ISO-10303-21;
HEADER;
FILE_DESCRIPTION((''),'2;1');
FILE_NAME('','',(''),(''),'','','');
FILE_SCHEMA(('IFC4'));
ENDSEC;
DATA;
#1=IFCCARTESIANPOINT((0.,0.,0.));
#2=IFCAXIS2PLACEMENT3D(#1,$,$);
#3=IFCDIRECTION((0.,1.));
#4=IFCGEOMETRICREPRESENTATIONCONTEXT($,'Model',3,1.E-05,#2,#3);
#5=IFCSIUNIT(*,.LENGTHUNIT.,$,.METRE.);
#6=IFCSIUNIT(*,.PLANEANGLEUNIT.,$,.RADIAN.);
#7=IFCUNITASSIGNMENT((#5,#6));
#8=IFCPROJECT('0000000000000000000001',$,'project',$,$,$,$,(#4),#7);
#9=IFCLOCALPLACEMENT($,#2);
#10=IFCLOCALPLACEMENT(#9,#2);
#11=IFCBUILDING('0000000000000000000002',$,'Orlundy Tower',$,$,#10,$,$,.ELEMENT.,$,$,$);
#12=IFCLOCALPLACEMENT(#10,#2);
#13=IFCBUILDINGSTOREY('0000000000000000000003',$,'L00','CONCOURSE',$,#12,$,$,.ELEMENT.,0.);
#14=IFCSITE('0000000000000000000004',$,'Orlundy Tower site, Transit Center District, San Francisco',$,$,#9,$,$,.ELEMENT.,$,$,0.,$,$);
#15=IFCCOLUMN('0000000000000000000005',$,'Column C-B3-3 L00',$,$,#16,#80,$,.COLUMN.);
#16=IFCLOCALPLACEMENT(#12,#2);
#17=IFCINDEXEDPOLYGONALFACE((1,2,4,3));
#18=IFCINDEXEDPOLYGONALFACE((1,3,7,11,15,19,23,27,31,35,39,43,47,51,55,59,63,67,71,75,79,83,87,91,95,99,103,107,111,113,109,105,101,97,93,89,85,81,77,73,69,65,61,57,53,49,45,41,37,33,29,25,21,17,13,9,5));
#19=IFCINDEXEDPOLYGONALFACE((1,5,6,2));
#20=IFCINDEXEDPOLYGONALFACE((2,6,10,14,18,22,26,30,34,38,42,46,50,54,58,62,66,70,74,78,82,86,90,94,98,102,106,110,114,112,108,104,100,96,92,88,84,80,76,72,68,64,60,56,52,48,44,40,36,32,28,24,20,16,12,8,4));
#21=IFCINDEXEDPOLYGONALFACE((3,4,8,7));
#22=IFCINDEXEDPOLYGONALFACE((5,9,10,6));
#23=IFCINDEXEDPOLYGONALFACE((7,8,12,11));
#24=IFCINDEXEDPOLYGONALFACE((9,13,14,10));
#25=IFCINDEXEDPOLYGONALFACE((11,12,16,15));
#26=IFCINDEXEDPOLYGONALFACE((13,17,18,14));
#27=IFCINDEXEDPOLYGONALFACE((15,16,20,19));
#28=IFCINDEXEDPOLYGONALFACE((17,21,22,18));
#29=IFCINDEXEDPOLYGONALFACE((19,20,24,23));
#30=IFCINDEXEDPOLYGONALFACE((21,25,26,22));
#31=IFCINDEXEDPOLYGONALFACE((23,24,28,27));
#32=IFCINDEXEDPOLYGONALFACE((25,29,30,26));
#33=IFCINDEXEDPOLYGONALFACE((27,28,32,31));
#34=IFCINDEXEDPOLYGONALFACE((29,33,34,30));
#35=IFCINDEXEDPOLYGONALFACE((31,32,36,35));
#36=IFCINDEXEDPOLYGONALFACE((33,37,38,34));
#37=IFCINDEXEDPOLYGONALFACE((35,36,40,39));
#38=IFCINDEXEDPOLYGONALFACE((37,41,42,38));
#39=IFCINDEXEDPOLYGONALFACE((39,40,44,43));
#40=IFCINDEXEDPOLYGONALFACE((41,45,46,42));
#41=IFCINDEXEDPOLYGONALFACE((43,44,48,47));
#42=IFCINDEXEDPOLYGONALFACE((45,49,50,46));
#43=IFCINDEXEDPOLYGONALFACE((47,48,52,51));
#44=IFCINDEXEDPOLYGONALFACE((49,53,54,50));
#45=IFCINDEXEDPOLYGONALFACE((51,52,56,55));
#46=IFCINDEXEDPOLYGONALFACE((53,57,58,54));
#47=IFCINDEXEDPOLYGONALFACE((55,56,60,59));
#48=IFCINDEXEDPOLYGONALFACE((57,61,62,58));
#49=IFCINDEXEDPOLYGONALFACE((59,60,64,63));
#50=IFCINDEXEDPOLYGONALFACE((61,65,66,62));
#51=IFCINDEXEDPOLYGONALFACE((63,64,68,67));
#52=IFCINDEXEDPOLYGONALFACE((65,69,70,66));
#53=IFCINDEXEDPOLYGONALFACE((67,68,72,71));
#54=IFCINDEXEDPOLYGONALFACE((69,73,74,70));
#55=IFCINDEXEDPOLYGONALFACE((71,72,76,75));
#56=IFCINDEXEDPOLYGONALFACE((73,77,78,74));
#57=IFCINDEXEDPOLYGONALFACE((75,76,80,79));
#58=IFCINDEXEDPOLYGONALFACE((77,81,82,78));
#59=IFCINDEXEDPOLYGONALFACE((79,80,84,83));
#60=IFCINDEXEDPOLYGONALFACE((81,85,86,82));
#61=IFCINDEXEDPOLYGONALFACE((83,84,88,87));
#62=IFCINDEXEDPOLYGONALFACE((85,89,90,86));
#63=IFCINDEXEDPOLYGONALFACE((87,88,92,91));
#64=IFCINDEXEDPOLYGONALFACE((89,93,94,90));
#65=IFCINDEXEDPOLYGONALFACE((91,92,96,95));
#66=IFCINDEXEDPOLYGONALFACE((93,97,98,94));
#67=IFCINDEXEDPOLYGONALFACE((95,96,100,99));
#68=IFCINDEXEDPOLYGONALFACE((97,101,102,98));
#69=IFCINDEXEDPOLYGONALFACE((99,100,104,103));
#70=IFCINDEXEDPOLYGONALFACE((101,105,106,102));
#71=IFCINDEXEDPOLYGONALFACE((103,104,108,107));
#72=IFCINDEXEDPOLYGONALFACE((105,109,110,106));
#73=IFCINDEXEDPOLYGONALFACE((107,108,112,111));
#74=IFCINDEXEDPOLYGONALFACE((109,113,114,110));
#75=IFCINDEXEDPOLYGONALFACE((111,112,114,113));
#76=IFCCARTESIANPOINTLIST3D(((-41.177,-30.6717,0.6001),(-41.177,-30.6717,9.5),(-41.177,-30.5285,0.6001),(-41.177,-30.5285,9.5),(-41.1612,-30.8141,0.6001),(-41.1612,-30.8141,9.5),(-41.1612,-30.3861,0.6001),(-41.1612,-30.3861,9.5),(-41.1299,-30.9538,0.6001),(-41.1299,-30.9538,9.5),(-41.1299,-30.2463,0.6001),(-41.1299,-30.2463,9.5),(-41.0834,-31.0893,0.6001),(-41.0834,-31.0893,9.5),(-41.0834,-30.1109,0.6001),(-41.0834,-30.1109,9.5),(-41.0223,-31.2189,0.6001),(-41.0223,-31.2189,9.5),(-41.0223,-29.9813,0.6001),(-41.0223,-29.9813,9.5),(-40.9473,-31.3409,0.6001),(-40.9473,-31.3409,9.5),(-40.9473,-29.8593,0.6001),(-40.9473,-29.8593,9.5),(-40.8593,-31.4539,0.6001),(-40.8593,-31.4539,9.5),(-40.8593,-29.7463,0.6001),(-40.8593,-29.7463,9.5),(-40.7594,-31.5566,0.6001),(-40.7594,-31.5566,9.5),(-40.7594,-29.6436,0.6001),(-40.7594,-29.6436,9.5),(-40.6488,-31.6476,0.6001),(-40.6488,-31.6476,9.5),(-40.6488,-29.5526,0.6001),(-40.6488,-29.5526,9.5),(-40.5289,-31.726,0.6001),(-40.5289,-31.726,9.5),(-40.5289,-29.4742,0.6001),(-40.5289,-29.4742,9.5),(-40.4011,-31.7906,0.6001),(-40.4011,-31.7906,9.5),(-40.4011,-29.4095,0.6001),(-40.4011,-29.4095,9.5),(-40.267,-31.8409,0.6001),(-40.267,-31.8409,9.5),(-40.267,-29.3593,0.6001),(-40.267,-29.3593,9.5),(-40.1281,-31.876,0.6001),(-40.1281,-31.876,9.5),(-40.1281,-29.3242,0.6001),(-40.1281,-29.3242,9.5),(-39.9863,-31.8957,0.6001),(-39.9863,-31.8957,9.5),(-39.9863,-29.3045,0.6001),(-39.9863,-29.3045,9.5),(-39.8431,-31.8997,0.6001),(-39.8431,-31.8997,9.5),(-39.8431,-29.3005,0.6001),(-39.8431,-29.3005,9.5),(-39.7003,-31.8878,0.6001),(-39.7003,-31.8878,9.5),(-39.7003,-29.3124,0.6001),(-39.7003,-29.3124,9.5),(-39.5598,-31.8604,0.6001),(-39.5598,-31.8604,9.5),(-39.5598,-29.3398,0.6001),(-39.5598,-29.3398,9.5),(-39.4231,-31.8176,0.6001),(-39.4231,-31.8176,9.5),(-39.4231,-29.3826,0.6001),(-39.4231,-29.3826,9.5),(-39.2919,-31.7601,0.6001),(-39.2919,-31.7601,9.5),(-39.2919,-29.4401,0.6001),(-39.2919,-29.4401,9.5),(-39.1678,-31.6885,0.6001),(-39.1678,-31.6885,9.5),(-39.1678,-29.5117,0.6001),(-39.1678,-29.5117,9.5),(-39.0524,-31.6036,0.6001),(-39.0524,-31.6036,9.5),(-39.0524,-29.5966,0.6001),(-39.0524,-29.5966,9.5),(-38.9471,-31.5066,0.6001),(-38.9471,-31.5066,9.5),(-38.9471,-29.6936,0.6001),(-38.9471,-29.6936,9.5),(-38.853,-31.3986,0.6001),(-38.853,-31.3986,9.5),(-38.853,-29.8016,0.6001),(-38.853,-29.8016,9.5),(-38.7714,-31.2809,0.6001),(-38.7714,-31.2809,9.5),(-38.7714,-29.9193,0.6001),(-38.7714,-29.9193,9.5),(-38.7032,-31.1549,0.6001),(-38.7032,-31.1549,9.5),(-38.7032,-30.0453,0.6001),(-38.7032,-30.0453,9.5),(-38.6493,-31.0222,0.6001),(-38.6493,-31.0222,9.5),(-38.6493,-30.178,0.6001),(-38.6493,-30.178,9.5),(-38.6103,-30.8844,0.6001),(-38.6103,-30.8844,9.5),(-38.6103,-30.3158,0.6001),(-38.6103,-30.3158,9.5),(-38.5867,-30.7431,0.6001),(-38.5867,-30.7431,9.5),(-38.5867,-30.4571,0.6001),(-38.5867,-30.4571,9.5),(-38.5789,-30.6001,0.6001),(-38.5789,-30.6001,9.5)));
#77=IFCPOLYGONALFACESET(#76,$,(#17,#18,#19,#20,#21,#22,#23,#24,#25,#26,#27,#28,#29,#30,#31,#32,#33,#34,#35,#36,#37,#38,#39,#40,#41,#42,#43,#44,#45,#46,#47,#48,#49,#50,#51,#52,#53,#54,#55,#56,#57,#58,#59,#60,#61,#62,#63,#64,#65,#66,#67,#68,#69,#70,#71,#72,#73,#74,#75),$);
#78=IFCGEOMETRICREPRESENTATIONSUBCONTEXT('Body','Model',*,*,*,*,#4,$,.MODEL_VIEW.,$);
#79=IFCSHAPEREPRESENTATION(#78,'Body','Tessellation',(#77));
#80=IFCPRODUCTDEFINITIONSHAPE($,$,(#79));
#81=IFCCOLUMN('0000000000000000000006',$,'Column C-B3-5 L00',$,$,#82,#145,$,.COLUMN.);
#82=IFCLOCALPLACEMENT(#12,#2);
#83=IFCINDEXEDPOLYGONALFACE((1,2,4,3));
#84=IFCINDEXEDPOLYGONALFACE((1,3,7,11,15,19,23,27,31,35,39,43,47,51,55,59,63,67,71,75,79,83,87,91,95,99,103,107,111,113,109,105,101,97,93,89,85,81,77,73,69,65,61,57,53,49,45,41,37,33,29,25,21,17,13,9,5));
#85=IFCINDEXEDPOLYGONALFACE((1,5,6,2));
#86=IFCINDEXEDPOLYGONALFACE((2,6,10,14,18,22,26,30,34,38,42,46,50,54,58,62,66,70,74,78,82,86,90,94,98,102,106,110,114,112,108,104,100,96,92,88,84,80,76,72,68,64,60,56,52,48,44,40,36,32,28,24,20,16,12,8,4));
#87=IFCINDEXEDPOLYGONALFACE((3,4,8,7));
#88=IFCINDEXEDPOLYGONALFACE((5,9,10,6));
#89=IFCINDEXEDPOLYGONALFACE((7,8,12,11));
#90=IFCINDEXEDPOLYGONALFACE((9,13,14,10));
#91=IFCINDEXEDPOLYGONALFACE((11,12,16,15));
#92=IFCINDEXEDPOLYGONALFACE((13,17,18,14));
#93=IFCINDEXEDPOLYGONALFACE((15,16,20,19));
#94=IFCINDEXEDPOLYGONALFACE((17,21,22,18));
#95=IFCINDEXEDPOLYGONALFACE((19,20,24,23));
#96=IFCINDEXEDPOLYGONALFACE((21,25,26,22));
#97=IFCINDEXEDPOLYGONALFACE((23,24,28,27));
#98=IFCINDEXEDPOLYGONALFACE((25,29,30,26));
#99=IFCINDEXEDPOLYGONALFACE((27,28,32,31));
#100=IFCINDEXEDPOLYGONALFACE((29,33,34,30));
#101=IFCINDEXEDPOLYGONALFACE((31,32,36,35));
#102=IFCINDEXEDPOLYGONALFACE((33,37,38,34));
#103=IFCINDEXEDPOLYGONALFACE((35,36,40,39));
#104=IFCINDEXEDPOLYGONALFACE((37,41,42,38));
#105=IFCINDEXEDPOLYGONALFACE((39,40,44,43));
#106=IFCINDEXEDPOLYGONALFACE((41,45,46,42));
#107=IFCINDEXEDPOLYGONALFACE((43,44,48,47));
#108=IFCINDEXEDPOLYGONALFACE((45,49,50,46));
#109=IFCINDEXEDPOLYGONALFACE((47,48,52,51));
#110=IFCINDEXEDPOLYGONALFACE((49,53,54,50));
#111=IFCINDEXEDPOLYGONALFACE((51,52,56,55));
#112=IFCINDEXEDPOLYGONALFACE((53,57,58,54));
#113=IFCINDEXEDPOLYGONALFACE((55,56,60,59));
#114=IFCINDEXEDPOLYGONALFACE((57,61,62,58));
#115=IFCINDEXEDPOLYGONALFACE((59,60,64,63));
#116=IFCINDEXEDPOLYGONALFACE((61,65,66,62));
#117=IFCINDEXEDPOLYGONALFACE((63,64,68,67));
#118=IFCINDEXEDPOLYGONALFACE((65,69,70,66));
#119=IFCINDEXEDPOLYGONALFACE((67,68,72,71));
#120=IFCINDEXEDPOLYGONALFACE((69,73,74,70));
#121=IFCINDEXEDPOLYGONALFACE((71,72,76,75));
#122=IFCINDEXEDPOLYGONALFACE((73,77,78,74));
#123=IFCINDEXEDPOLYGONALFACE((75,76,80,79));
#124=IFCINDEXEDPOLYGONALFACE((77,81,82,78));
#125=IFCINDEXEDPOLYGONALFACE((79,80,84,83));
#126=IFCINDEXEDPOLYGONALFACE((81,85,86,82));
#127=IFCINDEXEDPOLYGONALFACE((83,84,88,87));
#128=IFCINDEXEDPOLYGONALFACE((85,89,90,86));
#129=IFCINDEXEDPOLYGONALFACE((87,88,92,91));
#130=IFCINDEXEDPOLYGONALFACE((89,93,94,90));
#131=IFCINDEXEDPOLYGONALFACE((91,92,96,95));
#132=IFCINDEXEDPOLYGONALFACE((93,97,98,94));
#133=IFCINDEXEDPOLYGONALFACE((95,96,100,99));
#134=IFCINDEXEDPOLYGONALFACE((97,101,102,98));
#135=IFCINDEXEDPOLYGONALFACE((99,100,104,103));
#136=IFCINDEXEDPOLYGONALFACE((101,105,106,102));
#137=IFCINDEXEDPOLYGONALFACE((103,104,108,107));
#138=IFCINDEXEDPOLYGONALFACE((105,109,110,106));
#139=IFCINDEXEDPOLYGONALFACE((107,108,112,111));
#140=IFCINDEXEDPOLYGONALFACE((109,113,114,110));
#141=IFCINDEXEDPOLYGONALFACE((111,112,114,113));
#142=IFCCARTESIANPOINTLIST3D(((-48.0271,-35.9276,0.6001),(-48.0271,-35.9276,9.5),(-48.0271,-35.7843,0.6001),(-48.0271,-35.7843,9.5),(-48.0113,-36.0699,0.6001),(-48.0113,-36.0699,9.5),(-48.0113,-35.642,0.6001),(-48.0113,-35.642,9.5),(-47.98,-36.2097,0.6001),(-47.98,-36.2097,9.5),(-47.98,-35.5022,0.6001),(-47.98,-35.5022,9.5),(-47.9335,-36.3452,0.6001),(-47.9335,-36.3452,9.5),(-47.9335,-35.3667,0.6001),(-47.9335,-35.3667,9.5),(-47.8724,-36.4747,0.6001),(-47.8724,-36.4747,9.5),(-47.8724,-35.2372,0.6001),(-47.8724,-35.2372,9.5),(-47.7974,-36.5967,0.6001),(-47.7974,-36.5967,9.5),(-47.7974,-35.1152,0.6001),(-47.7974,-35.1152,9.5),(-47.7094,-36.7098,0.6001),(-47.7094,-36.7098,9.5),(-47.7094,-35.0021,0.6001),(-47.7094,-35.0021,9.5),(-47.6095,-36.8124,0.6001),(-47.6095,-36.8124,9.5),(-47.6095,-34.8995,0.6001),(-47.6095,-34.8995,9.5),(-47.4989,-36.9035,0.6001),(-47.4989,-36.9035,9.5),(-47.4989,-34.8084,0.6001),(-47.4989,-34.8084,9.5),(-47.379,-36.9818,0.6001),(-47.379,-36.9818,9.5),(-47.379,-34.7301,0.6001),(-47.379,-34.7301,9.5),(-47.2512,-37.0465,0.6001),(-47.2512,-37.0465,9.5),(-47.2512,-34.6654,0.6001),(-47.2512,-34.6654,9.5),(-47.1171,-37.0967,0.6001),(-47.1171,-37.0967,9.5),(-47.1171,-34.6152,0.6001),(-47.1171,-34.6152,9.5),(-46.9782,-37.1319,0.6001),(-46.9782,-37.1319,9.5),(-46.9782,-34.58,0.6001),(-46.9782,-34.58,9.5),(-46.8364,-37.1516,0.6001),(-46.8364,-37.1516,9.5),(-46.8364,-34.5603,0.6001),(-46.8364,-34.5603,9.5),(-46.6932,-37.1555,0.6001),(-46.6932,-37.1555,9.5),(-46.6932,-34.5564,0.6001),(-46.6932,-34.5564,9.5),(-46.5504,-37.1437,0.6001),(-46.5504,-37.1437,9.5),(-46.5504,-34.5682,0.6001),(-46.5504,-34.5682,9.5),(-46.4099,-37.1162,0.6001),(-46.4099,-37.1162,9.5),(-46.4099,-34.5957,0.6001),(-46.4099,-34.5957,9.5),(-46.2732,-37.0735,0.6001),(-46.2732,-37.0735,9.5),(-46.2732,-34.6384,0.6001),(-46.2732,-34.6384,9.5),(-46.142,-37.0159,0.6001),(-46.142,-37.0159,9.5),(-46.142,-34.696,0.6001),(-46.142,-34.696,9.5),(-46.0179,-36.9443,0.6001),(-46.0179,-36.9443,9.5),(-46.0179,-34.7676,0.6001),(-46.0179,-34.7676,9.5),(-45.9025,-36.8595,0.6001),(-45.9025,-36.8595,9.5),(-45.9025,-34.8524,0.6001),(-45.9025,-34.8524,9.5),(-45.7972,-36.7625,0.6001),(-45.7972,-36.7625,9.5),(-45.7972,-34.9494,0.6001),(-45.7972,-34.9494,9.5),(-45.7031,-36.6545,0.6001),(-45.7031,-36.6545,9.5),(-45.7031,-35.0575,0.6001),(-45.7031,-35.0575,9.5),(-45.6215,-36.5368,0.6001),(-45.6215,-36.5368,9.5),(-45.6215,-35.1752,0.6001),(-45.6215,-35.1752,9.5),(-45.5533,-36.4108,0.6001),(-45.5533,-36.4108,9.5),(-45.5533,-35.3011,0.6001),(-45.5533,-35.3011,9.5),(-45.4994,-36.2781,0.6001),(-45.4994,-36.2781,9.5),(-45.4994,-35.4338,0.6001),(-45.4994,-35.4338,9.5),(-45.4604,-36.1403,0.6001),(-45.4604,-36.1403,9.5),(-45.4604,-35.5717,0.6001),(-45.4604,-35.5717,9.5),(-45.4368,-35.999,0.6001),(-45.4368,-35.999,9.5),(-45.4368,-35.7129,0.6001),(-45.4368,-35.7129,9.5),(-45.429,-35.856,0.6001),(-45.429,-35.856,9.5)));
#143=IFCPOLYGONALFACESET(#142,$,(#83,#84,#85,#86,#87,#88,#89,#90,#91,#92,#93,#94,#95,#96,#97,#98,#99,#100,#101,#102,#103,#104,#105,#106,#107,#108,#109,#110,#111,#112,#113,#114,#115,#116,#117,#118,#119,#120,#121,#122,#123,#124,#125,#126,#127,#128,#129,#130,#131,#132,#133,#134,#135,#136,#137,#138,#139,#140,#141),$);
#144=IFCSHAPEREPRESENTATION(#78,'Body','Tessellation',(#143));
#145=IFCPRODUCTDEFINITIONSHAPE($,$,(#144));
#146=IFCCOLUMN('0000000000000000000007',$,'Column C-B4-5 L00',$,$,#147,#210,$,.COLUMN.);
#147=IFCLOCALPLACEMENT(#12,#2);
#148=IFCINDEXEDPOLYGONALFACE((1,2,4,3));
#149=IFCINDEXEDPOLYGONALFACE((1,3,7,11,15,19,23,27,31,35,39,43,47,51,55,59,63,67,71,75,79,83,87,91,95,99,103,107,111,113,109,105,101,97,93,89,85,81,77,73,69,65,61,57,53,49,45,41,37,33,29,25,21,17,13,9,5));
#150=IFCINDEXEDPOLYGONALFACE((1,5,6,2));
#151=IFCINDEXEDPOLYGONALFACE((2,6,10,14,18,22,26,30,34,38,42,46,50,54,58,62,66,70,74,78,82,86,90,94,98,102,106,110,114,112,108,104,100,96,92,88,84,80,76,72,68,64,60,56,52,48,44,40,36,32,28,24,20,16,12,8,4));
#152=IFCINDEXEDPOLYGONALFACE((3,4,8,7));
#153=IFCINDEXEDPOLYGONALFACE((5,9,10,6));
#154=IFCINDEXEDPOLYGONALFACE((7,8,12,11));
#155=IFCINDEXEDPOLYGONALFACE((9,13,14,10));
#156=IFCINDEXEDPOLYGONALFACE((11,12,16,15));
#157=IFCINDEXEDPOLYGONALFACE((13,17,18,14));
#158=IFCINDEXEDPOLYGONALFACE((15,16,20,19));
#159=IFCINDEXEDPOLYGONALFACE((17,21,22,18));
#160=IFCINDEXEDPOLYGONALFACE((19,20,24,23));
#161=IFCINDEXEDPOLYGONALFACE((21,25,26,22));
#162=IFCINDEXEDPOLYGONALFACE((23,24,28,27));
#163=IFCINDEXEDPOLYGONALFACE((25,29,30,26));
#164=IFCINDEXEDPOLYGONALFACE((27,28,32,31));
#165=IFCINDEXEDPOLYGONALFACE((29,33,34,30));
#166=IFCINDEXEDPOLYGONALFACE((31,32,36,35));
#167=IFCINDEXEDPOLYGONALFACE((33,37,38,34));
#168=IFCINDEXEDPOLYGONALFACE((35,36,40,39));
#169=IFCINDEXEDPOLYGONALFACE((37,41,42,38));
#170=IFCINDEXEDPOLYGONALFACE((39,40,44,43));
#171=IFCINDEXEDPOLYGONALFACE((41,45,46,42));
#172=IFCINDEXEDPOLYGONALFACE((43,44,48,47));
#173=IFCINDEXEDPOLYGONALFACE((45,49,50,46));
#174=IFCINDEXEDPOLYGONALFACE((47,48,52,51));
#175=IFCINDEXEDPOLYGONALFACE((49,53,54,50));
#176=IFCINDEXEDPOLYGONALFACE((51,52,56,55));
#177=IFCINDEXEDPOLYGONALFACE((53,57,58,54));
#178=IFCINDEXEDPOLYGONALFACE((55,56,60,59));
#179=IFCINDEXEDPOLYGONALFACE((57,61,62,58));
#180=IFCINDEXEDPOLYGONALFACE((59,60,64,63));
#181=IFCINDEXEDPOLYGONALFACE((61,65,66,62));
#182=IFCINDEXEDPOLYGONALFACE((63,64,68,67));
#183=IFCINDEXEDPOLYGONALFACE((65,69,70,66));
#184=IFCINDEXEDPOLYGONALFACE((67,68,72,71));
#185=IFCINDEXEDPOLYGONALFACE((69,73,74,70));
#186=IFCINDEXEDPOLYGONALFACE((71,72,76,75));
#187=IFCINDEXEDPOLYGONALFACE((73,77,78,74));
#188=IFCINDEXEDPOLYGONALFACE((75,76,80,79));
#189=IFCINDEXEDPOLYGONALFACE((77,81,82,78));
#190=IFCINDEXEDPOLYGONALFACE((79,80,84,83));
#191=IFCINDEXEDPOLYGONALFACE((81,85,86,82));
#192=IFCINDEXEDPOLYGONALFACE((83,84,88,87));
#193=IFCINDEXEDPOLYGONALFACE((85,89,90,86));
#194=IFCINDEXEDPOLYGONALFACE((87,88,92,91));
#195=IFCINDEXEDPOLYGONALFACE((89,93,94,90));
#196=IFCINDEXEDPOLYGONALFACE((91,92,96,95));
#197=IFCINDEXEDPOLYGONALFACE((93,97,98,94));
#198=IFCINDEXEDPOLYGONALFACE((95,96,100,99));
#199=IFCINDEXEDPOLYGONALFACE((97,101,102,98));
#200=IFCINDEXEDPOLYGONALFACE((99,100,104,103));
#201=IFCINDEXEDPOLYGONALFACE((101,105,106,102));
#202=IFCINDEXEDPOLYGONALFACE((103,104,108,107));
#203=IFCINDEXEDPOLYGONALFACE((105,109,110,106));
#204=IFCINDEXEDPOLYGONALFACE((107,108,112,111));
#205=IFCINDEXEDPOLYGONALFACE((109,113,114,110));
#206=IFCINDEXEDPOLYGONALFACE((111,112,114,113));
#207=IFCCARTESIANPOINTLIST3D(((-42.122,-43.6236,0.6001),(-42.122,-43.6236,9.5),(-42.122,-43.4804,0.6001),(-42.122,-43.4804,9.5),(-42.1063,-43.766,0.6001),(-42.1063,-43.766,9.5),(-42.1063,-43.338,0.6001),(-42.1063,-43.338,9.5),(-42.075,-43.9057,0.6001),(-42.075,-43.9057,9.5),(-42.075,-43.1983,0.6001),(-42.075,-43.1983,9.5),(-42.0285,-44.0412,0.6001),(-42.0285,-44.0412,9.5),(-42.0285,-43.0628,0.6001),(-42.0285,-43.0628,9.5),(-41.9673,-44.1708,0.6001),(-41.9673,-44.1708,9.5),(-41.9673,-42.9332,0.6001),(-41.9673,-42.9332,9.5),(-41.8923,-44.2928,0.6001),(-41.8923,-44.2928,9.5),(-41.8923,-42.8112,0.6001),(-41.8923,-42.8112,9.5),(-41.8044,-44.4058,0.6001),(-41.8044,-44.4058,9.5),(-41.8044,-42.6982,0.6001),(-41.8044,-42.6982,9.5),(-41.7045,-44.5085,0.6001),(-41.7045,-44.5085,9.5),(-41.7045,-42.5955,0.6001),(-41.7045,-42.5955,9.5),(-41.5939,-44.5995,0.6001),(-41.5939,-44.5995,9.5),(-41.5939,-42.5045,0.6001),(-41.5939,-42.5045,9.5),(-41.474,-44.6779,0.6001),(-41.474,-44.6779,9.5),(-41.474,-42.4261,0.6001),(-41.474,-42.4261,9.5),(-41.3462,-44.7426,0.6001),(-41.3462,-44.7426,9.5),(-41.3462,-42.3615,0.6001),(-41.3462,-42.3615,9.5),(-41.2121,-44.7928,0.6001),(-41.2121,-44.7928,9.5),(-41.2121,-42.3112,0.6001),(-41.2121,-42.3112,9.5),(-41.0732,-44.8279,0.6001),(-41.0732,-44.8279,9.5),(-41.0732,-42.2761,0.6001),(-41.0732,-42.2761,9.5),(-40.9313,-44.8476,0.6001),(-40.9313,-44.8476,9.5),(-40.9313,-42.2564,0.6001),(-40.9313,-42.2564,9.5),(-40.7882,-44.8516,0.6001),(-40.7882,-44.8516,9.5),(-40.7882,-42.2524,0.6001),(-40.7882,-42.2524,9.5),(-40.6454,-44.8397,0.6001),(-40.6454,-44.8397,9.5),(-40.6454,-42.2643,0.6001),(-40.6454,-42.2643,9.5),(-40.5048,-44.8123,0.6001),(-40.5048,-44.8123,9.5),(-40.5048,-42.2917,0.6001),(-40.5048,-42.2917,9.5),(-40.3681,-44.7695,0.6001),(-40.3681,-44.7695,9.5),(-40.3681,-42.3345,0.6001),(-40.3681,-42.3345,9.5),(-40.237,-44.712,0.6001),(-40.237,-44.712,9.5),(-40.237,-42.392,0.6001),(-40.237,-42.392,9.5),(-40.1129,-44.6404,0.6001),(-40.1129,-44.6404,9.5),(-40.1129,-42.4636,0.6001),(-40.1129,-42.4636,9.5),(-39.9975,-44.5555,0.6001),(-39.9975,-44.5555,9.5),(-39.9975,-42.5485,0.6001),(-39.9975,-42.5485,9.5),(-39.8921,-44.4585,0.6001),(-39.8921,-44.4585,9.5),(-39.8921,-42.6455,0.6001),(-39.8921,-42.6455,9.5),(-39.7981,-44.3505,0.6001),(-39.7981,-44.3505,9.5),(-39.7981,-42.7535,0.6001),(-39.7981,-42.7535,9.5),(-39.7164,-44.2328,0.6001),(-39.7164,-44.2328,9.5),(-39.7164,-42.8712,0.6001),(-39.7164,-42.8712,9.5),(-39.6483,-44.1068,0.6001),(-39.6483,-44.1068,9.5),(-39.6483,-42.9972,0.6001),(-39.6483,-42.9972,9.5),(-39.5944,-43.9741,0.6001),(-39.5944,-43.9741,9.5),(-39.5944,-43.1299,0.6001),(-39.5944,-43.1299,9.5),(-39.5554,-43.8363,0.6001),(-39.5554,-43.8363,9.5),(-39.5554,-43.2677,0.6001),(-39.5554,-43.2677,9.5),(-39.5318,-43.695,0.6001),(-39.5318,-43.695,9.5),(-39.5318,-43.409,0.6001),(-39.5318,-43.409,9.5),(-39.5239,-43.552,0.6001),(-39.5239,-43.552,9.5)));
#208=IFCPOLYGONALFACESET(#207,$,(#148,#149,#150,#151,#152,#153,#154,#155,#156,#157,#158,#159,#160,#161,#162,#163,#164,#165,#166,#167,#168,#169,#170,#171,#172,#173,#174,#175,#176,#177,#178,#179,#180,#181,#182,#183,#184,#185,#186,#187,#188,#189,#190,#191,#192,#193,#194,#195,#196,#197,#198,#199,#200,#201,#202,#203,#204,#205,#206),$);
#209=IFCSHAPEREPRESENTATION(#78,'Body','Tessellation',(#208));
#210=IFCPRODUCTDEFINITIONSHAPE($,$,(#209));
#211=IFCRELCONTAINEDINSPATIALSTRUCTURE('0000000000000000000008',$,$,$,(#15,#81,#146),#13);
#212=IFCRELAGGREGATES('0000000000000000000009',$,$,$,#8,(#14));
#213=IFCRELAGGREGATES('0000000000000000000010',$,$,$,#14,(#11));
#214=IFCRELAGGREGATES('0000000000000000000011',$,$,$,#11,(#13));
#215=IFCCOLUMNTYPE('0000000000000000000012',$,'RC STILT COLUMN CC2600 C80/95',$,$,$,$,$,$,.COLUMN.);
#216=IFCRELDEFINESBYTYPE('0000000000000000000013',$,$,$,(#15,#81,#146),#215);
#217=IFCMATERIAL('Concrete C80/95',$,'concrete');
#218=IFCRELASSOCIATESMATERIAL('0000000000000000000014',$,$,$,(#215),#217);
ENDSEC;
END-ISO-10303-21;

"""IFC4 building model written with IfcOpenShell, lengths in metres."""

from ifc_helpers import new_model, si_unit, direction, frame, origin, origin_2d, place, context, subcontext, project, spatial, circle, extrude, material, material_profile, profile_set, type_object, element, save


model = new_model("IFC4")

# Units and contexts
model_context = context("Model", 3, precision=1e-05, world=origin(), true_north=direction((0.0, 1.0)))
body_context = subcontext(model_context, "Body", "Model", "MODEL_VIEW")
ifc_project = project(units=[si_unit("LENGTHUNIT", "METRE"), si_unit("PLANEANGLEUNIT", "RADIAN")], contexts=[model_context])

# Site, building, storey
site_placement = place(None, origin())
site = spatial("IfcSite", under=ifc_project, at=site_placement, Name="Orlundy Tower site, Transit Center District, San Francisco", CompositionType="ELEMENT", RefElevation=0.0)
building_placement = place(site_placement, origin())
building = spatial("IfcBuilding", under=site, at=building_placement, Name="Orlundy Tower", CompositionType="ELEMENT")
storey_placement = place(building_placement, origin())
storey = spatial("IfcBuildingStorey", under=building, at=storey_placement, Name="L00", Description="CONCOURSE", CompositionType="ELEMENT", Elevation=0.0)

# Columns
ifc_material_1 = material(Name="Concrete C80/95", Category="concrete")
ifc_material_profile_1 = material_profile(ifc_material_1, circle(Radius=1.3, at=origin_2d()), Name="CC2600")
ifc_profile_set_1 = profile_set([ifc_material_profile_1], Name="Concrete C80/95")
column_type_1 = type_object("IfcColumnType", Name="RC STILT COLUMN CC2600 C80/95", PredefinedType="COLUMN", material=ifc_profile_set_1)
for number, where, z_axis, x_axis, name in (
    (1, (-39.8789, -30.6001, 0.6001), (0.0, 0.0, 1.0), (1.0, 0.0, 0.0), "Column C-B3-3 L00"),
    (2, (-46.729, -35.856, 0.6001), (0.0, 0.0, 1.0), (1.0, 0.0, 0.0), "Column C-B3-5 L00"),
    (3, (-40.824, -43.552, 0.6001), (0.0, 0.0, 1.0), (1.0, 0.0, 0.0), "Column C-B4-5 L00"),
):
    element("IfcColumn", number, at=place(storey_placement, frame(where, z_axis=z_axis, x_axis=x_axis)), inside=storey, type_object=column_type_1, Name=name, PredefinedType="COLUMN", context=body_context, shape_type="SweptSolid", body=[
        extrude(circle(Radius=1.3, at=origin_2d()), origin(), (0.0, 0.0, 1.0), 8.8999),
    ])

save(model, "model.ifc")
